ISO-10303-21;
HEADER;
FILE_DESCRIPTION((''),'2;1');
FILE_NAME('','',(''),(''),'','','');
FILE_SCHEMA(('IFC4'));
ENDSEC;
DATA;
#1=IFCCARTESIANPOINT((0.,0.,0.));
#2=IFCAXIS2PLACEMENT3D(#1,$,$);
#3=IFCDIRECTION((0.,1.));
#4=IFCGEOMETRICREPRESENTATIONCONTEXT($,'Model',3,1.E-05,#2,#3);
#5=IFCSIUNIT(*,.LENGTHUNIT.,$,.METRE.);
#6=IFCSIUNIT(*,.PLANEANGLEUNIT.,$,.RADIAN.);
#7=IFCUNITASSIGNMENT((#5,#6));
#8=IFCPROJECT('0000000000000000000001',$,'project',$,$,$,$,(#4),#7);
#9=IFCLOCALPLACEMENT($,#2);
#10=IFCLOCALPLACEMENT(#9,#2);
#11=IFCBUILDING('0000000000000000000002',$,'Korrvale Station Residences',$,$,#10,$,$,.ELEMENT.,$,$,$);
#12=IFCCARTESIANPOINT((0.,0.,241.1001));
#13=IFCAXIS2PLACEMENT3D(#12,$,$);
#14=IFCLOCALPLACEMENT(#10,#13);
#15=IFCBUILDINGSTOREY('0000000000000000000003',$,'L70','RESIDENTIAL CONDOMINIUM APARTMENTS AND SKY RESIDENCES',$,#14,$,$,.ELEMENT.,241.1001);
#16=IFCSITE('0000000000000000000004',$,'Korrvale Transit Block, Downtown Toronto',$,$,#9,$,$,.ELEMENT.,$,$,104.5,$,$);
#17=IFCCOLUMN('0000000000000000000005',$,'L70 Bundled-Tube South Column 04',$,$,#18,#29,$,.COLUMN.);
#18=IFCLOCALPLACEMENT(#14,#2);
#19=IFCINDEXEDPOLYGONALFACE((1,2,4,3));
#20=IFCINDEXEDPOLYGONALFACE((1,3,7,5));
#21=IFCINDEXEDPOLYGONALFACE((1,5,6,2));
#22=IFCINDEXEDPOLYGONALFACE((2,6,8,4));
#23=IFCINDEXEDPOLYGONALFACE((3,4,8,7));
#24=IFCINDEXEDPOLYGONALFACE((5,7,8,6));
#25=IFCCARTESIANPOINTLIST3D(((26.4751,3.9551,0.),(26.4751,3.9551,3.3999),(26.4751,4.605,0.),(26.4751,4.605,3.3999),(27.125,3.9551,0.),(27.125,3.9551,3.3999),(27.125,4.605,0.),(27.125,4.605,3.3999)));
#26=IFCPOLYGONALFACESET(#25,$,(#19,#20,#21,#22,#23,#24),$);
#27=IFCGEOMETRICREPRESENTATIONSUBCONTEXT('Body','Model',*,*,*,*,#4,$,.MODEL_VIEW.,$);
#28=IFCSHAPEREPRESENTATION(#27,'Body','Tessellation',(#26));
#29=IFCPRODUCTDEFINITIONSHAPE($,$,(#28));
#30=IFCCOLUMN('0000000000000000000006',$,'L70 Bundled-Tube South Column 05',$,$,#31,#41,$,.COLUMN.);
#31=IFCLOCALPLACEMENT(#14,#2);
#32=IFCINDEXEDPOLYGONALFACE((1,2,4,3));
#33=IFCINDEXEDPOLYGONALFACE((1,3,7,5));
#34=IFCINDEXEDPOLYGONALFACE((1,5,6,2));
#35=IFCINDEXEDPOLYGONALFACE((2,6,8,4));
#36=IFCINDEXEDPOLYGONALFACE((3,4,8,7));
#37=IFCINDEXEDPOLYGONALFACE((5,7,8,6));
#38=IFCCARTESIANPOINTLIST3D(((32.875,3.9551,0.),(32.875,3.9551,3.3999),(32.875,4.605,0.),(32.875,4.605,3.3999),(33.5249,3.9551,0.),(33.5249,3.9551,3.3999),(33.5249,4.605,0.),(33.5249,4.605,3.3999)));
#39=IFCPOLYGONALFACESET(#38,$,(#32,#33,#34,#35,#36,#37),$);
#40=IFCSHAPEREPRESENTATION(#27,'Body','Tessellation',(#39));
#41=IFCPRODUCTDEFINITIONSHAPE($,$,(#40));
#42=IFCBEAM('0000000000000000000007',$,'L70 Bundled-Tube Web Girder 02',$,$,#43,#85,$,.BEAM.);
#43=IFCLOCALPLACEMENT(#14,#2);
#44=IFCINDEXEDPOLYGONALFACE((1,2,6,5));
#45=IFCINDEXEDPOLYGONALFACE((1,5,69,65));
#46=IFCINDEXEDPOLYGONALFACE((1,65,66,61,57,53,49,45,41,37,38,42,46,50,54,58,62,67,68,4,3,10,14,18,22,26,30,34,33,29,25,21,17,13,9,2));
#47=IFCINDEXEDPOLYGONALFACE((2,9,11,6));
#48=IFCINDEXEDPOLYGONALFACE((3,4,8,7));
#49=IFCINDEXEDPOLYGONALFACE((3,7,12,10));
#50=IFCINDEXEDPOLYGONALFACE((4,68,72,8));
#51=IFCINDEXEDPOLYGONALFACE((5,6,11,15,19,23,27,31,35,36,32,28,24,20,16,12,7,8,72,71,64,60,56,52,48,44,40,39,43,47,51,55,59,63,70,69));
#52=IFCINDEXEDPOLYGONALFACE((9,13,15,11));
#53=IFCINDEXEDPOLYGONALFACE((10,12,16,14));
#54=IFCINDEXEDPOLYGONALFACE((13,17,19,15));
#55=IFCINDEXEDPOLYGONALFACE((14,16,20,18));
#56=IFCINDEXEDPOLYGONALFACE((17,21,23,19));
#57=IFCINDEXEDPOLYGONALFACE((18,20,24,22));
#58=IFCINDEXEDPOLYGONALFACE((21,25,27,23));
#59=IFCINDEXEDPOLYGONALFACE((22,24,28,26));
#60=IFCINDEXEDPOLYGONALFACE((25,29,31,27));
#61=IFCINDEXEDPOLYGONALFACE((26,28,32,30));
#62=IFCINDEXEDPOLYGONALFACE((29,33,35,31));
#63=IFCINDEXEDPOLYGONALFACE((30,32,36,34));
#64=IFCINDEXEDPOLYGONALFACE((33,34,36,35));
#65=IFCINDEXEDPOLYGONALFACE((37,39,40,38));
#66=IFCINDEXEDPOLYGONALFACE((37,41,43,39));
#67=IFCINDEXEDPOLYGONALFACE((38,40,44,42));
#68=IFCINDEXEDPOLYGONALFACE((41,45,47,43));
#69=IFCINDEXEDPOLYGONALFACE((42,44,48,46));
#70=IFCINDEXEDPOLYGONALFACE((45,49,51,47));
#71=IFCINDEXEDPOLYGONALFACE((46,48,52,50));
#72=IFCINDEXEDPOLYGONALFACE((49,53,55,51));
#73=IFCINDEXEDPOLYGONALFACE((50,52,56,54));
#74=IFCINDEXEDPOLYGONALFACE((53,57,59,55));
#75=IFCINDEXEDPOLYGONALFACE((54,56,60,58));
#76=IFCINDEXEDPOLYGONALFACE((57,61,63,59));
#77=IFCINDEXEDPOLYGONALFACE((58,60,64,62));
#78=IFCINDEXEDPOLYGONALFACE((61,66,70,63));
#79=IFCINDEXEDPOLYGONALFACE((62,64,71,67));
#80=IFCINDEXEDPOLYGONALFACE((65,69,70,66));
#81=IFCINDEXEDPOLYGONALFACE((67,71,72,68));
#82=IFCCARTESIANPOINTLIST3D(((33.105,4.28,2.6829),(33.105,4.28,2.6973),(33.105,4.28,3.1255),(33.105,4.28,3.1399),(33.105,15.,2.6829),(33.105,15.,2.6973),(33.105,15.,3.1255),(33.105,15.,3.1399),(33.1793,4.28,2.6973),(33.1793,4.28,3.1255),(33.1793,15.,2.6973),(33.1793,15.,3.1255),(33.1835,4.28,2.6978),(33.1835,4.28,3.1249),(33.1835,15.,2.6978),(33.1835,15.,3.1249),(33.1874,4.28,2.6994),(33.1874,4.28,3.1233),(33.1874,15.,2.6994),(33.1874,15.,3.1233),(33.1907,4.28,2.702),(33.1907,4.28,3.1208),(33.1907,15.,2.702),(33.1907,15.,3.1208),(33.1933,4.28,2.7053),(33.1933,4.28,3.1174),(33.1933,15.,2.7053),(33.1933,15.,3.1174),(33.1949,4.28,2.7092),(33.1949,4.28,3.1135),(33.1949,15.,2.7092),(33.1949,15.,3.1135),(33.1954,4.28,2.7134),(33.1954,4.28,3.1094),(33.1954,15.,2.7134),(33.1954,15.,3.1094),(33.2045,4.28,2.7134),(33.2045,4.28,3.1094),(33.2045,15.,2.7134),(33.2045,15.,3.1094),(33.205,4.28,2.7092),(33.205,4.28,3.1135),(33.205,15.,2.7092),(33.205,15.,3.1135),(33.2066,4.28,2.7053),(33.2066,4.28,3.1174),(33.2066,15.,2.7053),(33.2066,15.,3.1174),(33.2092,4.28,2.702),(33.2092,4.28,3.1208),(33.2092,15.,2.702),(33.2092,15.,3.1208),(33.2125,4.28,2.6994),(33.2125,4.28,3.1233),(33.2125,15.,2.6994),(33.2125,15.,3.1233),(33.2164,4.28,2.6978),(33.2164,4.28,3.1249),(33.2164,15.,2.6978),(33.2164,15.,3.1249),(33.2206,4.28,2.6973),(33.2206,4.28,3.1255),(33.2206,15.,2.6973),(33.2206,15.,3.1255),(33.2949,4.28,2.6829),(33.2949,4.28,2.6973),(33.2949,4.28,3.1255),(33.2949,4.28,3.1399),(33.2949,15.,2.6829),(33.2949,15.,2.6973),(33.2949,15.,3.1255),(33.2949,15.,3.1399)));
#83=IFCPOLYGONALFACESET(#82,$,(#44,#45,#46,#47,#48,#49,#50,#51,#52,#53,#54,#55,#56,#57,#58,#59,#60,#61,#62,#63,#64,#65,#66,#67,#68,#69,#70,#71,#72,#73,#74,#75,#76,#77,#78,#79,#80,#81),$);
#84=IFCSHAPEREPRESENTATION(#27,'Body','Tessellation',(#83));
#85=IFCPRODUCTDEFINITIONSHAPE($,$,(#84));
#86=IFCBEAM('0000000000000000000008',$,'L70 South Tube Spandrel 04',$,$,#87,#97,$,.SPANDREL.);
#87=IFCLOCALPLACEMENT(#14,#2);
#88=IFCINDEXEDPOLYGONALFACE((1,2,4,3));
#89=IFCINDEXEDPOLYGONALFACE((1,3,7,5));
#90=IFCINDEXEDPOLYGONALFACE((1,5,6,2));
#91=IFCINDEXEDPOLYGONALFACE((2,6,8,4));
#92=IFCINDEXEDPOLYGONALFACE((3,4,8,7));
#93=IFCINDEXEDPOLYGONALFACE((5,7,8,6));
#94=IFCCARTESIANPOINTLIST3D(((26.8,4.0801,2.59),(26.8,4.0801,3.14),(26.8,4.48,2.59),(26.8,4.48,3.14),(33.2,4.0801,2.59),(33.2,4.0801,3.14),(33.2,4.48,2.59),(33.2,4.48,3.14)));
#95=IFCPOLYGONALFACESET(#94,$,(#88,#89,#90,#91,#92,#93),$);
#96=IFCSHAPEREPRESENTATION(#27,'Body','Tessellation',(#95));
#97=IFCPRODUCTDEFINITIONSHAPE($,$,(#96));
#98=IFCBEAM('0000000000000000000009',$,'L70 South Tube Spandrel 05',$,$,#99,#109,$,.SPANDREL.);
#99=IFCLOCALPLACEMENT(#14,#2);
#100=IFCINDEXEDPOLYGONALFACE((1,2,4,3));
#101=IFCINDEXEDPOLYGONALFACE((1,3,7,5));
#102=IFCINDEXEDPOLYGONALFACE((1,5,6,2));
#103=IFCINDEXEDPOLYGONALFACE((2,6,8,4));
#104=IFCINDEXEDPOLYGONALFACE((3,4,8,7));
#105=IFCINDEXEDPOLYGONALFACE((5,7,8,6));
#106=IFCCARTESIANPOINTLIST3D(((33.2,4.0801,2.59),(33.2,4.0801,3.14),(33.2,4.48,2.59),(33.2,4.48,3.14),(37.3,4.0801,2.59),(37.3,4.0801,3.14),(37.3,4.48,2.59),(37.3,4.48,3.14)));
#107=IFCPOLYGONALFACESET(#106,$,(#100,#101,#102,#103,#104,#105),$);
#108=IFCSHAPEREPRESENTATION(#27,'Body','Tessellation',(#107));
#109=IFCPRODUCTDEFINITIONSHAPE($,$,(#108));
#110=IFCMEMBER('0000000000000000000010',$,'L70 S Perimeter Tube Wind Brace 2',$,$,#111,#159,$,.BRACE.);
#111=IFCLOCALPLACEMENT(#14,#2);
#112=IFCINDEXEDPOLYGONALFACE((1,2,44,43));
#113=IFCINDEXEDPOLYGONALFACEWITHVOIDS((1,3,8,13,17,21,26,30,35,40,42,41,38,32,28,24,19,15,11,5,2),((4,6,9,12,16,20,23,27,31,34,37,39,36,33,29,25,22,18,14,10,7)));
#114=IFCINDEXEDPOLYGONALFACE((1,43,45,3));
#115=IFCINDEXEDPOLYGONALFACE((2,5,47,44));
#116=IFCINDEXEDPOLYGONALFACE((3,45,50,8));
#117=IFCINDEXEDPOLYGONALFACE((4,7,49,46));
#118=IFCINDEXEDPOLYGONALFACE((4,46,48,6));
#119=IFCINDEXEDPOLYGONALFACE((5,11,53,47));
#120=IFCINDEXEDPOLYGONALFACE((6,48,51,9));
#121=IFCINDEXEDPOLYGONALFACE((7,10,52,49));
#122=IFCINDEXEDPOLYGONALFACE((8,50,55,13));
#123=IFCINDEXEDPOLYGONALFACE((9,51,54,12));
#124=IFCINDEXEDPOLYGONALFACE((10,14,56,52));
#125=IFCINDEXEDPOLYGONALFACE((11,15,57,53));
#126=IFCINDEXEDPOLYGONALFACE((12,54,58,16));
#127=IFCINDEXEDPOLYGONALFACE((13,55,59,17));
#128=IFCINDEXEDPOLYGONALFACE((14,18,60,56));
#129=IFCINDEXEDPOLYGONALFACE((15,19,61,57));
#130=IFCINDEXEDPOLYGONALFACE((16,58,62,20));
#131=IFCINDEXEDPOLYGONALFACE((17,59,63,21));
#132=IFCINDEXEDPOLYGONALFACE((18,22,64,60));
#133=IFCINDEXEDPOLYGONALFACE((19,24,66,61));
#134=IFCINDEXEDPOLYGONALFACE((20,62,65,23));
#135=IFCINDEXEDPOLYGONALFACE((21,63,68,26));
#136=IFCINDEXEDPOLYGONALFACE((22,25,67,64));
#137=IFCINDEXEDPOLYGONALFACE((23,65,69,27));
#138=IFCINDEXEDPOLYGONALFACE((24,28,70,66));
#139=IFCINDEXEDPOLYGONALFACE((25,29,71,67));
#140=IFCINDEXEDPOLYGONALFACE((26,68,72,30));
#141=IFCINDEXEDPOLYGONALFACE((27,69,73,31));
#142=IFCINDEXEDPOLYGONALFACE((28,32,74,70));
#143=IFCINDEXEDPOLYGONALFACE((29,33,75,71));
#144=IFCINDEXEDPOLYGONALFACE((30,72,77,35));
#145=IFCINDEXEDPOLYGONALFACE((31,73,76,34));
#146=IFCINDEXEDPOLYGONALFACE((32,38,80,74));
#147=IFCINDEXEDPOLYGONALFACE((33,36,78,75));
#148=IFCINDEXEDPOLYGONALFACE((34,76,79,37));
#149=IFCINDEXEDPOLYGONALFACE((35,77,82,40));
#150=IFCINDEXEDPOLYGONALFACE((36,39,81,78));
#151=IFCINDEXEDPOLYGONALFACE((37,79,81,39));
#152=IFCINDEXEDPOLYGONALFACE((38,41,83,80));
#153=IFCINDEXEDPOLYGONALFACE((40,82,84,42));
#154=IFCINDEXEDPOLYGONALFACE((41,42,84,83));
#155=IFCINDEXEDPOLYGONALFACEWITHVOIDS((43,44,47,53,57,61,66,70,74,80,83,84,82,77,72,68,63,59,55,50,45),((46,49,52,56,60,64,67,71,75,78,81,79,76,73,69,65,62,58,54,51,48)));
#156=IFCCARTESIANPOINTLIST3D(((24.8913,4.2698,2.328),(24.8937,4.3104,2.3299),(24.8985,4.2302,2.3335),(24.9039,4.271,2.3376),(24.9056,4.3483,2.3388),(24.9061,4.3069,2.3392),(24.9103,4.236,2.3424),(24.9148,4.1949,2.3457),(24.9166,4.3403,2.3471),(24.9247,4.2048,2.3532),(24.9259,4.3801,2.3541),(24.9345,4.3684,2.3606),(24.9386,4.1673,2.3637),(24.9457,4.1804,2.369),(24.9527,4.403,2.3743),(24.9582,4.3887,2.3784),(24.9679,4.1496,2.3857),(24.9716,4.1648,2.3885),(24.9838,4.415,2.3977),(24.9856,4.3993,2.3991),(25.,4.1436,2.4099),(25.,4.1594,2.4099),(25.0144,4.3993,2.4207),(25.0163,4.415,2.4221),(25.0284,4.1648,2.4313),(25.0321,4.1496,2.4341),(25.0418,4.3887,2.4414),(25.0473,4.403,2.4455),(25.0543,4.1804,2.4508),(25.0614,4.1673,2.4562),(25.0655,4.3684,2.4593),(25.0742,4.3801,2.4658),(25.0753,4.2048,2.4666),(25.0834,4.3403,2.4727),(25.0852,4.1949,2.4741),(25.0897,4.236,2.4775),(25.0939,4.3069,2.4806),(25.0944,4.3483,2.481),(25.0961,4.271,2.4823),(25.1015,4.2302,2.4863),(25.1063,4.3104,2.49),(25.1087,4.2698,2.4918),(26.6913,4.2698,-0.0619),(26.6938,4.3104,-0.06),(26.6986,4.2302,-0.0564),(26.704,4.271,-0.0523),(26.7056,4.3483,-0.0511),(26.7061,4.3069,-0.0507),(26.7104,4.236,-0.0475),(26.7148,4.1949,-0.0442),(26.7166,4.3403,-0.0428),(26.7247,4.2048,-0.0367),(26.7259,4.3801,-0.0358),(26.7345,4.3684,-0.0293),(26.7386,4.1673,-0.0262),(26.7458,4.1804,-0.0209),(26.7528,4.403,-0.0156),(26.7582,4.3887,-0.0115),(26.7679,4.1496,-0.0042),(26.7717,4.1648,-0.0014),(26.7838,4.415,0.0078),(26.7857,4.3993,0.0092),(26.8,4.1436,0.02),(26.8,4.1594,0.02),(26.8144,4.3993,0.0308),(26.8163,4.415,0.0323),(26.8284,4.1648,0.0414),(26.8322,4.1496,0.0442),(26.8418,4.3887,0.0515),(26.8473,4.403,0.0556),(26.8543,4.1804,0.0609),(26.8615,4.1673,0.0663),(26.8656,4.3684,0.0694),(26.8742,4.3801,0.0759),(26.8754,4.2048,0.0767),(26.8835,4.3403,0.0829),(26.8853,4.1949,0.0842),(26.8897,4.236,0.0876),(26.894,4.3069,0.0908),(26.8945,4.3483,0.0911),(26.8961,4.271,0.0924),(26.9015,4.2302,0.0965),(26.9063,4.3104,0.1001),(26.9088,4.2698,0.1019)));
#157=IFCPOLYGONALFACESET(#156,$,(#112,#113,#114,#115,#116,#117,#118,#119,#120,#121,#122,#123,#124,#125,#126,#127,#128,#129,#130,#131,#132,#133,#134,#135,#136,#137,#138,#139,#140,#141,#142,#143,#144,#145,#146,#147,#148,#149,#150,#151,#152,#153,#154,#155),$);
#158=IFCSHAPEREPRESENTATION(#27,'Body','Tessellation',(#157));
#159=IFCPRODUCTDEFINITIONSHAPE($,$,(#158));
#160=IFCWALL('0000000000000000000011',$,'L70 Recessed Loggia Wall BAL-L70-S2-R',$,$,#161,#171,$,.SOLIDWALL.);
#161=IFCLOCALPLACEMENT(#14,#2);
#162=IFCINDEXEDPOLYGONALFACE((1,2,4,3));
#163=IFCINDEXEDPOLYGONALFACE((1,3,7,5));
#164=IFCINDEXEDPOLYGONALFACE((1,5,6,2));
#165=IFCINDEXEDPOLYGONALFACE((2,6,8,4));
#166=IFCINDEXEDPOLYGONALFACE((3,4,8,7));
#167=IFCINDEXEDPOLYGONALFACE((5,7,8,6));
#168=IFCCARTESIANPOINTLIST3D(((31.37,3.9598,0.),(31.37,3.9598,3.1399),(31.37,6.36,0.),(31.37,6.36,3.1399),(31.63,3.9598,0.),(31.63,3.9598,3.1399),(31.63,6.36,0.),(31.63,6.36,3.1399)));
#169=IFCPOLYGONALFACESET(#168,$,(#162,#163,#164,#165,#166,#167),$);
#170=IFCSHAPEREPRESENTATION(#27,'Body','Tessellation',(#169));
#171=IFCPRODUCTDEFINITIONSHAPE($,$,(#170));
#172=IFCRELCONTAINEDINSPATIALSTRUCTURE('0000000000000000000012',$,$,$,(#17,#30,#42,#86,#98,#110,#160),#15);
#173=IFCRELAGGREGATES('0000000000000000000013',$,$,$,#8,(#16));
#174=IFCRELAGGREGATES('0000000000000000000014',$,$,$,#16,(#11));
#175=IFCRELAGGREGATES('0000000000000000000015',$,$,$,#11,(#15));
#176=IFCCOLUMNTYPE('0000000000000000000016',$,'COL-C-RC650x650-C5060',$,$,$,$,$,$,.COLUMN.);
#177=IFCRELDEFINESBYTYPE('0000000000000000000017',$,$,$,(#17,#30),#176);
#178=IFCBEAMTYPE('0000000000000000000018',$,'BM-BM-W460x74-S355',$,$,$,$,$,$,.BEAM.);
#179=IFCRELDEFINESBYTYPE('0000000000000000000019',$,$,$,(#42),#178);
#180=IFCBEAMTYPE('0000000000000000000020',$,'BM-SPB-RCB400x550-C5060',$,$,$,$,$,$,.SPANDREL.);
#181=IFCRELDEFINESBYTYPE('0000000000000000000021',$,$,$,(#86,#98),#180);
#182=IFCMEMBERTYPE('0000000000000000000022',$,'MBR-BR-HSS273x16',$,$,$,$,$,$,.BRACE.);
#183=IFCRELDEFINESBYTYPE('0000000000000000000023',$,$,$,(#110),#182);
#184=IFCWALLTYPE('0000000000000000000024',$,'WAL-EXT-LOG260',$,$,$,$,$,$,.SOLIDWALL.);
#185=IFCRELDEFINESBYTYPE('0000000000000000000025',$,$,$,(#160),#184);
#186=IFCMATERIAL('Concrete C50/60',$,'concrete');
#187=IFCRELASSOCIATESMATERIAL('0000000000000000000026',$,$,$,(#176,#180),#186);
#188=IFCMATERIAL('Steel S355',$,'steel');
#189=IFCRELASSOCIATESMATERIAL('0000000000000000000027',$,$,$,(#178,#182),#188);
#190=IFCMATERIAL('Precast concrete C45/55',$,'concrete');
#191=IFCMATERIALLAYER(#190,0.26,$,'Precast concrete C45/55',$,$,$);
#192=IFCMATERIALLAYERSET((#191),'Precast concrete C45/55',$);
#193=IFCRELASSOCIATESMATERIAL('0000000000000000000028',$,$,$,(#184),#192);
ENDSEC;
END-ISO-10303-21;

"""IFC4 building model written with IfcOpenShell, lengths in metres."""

from ifc_helpers import new_model, si_unit, direction, frame, frame_2d, origin, origin_2d, place, context, subcontext, project, spatial, rectangle, hollow_circle, i_section, extrude, material, layer, layer_set, material_profile, profile_set, type_object, element, save


model = new_model("IFC4")

# Units and contexts
model_context = context("Model", 3, precision=1e-05, world=origin(), true_north=direction((0.0, 1.0)))
body_context = subcontext(model_context, "Body", "Model", "MODEL_VIEW")
ifc_project = project(units=[si_unit("LENGTHUNIT", "METRE"), si_unit("PLANEANGLEUNIT", "RADIAN")], contexts=[model_context])

# Site, building, storey
site_placement = place(None, origin())
site = spatial("IfcSite", under=ifc_project, at=site_placement, Name="Korrvale Transit Block, Downtown Toronto", CompositionType="ELEMENT", RefElevation=104.5)
building_placement = place(site_placement, origin())
building = spatial("IfcBuilding", under=site, at=building_placement, Name="Korrvale Station Residences", CompositionType="ELEMENT")
storey_placement = place(building_placement, frame((0.0, 0.0, 241.1001)))
storey = spatial("IfcBuildingStorey", under=building, at=storey_placement, Name="L70", Description="RESIDENTIAL CONDOMINIUM APARTMENTS AND SKY RESIDENCES", CompositionType="ELEMENT", Elevation=241.1001)

# Columns
ifc_material_1 = material(Name="Concrete C50/60", Category="concrete")
ifc_material_profile_1 = material_profile(ifc_material_1, rectangle(XDim=0.6499, YDim=0.6499, at=origin_2d()), Name="RC650x650")
ifc_profile_set_1 = profile_set([ifc_material_profile_1], Name="Concrete C50/60")
column_type = type_object("IfcColumnType", Name="COL-C-RC650x650-C5060", PredefinedType="COLUMN", material=ifc_profile_set_1)
for number, where, z_axis, x_axis, name in (
    (1, (26.8, 4.28, 0.0), (0.0, 0.0, 1.0), (1.0, 0.0, 0.0), "L70 Bundled-Tube South Column 04"),
    (2, (33.2, 4.28, 0.0), (0.0, 0.0, 1.0), (1.0, 0.0, 0.0), "L70 Bundled-Tube South Column 05"),
):
    element("IfcColumn", number, at=place(storey_placement, frame(where, z_axis=z_axis, x_axis=x_axis)), inside=storey, type_object=column_type, Name=name, PredefinedType="COLUMN", context=body_context, shape_type="SweptSolid", body=[
        extrude(rectangle(XDim=0.6499, YDim=0.6499, at=origin_2d()), origin(), (0.0, 0.0, 1.0), 3.3999),
    ])

# Beams
ifc_material_2 = material(Name="Steel S355", Category="steel")
ifc_material_profile_2 = material_profile(ifc_material_2, i_section(OverallWidth=0.1899, OverallDepth=0.457, WebThickness=0.009, FlangeThickness=0.0144, FilletRadius=0.0161, at=origin_2d()), Name="W460x74")
ifc_profile_set_2 = profile_set([ifc_material_profile_2], Name="Steel S355")
beam_type_1 = type_object("IfcBeamType", Name="BM-BM-W460x74-S355", PredefinedType="BEAM", material=ifc_profile_set_2)
beam_1_placement = place(storey_placement, frame((33.2, 4.28, 2.9114), z_axis=(0.0, 1.0, 0.0), x_axis=(-1.0, 0.0, 0.0)))
element("IfcBeam", 3, at=beam_1_placement, inside=storey, type_object=beam_type_1, Name="L70 Bundled-Tube Web Girder 02", PredefinedType="BEAM", context=body_context, shape_type="SweptSolid", body=[
    extrude(i_section(OverallWidth=0.1899, OverallDepth=0.457, WebThickness=0.009, FlangeThickness=0.0144, FilletRadius=0.0161, at=origin_2d()), origin(), (0.0, 0.0, 1.0), 10.72),
])
ifc_material_profile_3 = material_profile(ifc_material_1, rectangle(XDim=0.3999, YDim=0.55, at=origin_2d()), Name="RCB400x550")
ifc_profile_set_3 = profile_set([ifc_material_profile_3], Name="Concrete C50/60")
beam_type_2 = type_object("IfcBeamType", Name="BM-SPB-RCB400x550-C5060", PredefinedType="SPANDREL", material=ifc_profile_set_3)
beam_2_placement = place(storey_placement, frame((26.8, 4.28, 2.865), z_axis=(1.0, 0.0, 0.0), x_axis=(0.0, 1.0, 0.0)))
element("IfcBeam", 4, at=beam_2_placement, inside=storey, type_object=beam_type_2, Name="L70 South Tube Spandrel 04", PredefinedType="SPANDREL", context=body_context, shape_type="SweptSolid", body=[
    extrude(rectangle(XDim=0.3999, YDim=0.55, at=origin_2d()), origin(), (0.0, 0.0, 1.0), 6.3999),
])
beam_3_placement = place(storey_placement, frame((33.2, 4.28, 2.865), z_axis=(1.0, 0.0, 0.0), x_axis=(0.0, 1.0, 0.0)))
element("IfcBeam", 5, at=beam_3_placement, inside=storey, type_object=beam_type_2, Name="L70 South Tube Spandrel 05", PredefinedType="SPANDREL", context=body_context, shape_type="SweptSolid", body=[
    extrude(rectangle(XDim=0.3999, YDim=0.55, at=origin_2d()), origin(), (0.0, 0.0, 1.0), 4.1001),
])

# Member
ifc_material_profile_4 = material_profile(ifc_material_2, hollow_circle(Radius=0.1365, WallThickness=0.0159, at=origin_2d()), Name="HSS273x16")
ifc_profile_set_4 = profile_set([ifc_material_profile_4], Name="Steel S355")
member_type = type_object("IfcMemberType", Name="MBR-BR-HSS273x16", PredefinedType="BRACE", material=ifc_profile_set_4)
member_placement = place(storey_placement, frame((26.8, 4.28, 0.02), z_axis=(-0.601631, 0.0, 0.798774), x_axis=(0.0, -1.0, 0.0)))
element("IfcMember", 6, at=member_placement, inside=storey, type_object=member_type, Name="L70 S Perimeter Tube Wind Brace 2", PredefinedType="BRACE", context=body_context, shape_type="SweptSolid", body=[
    extrude(hollow_circle(Radius=0.1365, WallThickness=0.0159, at=origin_2d()), origin(), (0.0, 0.0, 1.0), 2.9919),
])

# Wall
ifc_material_3 = material(Name="Precast concrete C45/55", Category="concrete")
ifc_layer_1 = layer(ifc_material_3, 0.26, Name="Precast concrete C45/55")
ifc_layer_set_1 = layer_set([ifc_layer_1], Name="Precast concrete C45/55")
wall_type_1 = type_object("IfcWallType", Name="WAL-EXT-LOG260", PredefinedType="SOLIDWALL", material=ifc_layer_set_1)
wall_1_placement = place(storey_placement, frame((31.5, 6.3601, 0.0), z_axis=(0.0, 0.0, 1.0), x_axis=(0.0, -1.0, 0.0)))
element("IfcWall", 7, at=wall_1_placement, inside=storey, type_object=wall_type_1, Name="L70 Recessed Loggia Wall BAL-L70-S2-R", PredefinedType="SOLIDWALL", context=body_context, shape_type="SweptSolid", body=[
    extrude(rectangle(XDim=2.4001, YDim=0.26, at=frame_2d((1.2002, 0.0))), origin(), (0.0, 0.0, 1.0), 3.1399),
])

save(model, "model.ifc")
